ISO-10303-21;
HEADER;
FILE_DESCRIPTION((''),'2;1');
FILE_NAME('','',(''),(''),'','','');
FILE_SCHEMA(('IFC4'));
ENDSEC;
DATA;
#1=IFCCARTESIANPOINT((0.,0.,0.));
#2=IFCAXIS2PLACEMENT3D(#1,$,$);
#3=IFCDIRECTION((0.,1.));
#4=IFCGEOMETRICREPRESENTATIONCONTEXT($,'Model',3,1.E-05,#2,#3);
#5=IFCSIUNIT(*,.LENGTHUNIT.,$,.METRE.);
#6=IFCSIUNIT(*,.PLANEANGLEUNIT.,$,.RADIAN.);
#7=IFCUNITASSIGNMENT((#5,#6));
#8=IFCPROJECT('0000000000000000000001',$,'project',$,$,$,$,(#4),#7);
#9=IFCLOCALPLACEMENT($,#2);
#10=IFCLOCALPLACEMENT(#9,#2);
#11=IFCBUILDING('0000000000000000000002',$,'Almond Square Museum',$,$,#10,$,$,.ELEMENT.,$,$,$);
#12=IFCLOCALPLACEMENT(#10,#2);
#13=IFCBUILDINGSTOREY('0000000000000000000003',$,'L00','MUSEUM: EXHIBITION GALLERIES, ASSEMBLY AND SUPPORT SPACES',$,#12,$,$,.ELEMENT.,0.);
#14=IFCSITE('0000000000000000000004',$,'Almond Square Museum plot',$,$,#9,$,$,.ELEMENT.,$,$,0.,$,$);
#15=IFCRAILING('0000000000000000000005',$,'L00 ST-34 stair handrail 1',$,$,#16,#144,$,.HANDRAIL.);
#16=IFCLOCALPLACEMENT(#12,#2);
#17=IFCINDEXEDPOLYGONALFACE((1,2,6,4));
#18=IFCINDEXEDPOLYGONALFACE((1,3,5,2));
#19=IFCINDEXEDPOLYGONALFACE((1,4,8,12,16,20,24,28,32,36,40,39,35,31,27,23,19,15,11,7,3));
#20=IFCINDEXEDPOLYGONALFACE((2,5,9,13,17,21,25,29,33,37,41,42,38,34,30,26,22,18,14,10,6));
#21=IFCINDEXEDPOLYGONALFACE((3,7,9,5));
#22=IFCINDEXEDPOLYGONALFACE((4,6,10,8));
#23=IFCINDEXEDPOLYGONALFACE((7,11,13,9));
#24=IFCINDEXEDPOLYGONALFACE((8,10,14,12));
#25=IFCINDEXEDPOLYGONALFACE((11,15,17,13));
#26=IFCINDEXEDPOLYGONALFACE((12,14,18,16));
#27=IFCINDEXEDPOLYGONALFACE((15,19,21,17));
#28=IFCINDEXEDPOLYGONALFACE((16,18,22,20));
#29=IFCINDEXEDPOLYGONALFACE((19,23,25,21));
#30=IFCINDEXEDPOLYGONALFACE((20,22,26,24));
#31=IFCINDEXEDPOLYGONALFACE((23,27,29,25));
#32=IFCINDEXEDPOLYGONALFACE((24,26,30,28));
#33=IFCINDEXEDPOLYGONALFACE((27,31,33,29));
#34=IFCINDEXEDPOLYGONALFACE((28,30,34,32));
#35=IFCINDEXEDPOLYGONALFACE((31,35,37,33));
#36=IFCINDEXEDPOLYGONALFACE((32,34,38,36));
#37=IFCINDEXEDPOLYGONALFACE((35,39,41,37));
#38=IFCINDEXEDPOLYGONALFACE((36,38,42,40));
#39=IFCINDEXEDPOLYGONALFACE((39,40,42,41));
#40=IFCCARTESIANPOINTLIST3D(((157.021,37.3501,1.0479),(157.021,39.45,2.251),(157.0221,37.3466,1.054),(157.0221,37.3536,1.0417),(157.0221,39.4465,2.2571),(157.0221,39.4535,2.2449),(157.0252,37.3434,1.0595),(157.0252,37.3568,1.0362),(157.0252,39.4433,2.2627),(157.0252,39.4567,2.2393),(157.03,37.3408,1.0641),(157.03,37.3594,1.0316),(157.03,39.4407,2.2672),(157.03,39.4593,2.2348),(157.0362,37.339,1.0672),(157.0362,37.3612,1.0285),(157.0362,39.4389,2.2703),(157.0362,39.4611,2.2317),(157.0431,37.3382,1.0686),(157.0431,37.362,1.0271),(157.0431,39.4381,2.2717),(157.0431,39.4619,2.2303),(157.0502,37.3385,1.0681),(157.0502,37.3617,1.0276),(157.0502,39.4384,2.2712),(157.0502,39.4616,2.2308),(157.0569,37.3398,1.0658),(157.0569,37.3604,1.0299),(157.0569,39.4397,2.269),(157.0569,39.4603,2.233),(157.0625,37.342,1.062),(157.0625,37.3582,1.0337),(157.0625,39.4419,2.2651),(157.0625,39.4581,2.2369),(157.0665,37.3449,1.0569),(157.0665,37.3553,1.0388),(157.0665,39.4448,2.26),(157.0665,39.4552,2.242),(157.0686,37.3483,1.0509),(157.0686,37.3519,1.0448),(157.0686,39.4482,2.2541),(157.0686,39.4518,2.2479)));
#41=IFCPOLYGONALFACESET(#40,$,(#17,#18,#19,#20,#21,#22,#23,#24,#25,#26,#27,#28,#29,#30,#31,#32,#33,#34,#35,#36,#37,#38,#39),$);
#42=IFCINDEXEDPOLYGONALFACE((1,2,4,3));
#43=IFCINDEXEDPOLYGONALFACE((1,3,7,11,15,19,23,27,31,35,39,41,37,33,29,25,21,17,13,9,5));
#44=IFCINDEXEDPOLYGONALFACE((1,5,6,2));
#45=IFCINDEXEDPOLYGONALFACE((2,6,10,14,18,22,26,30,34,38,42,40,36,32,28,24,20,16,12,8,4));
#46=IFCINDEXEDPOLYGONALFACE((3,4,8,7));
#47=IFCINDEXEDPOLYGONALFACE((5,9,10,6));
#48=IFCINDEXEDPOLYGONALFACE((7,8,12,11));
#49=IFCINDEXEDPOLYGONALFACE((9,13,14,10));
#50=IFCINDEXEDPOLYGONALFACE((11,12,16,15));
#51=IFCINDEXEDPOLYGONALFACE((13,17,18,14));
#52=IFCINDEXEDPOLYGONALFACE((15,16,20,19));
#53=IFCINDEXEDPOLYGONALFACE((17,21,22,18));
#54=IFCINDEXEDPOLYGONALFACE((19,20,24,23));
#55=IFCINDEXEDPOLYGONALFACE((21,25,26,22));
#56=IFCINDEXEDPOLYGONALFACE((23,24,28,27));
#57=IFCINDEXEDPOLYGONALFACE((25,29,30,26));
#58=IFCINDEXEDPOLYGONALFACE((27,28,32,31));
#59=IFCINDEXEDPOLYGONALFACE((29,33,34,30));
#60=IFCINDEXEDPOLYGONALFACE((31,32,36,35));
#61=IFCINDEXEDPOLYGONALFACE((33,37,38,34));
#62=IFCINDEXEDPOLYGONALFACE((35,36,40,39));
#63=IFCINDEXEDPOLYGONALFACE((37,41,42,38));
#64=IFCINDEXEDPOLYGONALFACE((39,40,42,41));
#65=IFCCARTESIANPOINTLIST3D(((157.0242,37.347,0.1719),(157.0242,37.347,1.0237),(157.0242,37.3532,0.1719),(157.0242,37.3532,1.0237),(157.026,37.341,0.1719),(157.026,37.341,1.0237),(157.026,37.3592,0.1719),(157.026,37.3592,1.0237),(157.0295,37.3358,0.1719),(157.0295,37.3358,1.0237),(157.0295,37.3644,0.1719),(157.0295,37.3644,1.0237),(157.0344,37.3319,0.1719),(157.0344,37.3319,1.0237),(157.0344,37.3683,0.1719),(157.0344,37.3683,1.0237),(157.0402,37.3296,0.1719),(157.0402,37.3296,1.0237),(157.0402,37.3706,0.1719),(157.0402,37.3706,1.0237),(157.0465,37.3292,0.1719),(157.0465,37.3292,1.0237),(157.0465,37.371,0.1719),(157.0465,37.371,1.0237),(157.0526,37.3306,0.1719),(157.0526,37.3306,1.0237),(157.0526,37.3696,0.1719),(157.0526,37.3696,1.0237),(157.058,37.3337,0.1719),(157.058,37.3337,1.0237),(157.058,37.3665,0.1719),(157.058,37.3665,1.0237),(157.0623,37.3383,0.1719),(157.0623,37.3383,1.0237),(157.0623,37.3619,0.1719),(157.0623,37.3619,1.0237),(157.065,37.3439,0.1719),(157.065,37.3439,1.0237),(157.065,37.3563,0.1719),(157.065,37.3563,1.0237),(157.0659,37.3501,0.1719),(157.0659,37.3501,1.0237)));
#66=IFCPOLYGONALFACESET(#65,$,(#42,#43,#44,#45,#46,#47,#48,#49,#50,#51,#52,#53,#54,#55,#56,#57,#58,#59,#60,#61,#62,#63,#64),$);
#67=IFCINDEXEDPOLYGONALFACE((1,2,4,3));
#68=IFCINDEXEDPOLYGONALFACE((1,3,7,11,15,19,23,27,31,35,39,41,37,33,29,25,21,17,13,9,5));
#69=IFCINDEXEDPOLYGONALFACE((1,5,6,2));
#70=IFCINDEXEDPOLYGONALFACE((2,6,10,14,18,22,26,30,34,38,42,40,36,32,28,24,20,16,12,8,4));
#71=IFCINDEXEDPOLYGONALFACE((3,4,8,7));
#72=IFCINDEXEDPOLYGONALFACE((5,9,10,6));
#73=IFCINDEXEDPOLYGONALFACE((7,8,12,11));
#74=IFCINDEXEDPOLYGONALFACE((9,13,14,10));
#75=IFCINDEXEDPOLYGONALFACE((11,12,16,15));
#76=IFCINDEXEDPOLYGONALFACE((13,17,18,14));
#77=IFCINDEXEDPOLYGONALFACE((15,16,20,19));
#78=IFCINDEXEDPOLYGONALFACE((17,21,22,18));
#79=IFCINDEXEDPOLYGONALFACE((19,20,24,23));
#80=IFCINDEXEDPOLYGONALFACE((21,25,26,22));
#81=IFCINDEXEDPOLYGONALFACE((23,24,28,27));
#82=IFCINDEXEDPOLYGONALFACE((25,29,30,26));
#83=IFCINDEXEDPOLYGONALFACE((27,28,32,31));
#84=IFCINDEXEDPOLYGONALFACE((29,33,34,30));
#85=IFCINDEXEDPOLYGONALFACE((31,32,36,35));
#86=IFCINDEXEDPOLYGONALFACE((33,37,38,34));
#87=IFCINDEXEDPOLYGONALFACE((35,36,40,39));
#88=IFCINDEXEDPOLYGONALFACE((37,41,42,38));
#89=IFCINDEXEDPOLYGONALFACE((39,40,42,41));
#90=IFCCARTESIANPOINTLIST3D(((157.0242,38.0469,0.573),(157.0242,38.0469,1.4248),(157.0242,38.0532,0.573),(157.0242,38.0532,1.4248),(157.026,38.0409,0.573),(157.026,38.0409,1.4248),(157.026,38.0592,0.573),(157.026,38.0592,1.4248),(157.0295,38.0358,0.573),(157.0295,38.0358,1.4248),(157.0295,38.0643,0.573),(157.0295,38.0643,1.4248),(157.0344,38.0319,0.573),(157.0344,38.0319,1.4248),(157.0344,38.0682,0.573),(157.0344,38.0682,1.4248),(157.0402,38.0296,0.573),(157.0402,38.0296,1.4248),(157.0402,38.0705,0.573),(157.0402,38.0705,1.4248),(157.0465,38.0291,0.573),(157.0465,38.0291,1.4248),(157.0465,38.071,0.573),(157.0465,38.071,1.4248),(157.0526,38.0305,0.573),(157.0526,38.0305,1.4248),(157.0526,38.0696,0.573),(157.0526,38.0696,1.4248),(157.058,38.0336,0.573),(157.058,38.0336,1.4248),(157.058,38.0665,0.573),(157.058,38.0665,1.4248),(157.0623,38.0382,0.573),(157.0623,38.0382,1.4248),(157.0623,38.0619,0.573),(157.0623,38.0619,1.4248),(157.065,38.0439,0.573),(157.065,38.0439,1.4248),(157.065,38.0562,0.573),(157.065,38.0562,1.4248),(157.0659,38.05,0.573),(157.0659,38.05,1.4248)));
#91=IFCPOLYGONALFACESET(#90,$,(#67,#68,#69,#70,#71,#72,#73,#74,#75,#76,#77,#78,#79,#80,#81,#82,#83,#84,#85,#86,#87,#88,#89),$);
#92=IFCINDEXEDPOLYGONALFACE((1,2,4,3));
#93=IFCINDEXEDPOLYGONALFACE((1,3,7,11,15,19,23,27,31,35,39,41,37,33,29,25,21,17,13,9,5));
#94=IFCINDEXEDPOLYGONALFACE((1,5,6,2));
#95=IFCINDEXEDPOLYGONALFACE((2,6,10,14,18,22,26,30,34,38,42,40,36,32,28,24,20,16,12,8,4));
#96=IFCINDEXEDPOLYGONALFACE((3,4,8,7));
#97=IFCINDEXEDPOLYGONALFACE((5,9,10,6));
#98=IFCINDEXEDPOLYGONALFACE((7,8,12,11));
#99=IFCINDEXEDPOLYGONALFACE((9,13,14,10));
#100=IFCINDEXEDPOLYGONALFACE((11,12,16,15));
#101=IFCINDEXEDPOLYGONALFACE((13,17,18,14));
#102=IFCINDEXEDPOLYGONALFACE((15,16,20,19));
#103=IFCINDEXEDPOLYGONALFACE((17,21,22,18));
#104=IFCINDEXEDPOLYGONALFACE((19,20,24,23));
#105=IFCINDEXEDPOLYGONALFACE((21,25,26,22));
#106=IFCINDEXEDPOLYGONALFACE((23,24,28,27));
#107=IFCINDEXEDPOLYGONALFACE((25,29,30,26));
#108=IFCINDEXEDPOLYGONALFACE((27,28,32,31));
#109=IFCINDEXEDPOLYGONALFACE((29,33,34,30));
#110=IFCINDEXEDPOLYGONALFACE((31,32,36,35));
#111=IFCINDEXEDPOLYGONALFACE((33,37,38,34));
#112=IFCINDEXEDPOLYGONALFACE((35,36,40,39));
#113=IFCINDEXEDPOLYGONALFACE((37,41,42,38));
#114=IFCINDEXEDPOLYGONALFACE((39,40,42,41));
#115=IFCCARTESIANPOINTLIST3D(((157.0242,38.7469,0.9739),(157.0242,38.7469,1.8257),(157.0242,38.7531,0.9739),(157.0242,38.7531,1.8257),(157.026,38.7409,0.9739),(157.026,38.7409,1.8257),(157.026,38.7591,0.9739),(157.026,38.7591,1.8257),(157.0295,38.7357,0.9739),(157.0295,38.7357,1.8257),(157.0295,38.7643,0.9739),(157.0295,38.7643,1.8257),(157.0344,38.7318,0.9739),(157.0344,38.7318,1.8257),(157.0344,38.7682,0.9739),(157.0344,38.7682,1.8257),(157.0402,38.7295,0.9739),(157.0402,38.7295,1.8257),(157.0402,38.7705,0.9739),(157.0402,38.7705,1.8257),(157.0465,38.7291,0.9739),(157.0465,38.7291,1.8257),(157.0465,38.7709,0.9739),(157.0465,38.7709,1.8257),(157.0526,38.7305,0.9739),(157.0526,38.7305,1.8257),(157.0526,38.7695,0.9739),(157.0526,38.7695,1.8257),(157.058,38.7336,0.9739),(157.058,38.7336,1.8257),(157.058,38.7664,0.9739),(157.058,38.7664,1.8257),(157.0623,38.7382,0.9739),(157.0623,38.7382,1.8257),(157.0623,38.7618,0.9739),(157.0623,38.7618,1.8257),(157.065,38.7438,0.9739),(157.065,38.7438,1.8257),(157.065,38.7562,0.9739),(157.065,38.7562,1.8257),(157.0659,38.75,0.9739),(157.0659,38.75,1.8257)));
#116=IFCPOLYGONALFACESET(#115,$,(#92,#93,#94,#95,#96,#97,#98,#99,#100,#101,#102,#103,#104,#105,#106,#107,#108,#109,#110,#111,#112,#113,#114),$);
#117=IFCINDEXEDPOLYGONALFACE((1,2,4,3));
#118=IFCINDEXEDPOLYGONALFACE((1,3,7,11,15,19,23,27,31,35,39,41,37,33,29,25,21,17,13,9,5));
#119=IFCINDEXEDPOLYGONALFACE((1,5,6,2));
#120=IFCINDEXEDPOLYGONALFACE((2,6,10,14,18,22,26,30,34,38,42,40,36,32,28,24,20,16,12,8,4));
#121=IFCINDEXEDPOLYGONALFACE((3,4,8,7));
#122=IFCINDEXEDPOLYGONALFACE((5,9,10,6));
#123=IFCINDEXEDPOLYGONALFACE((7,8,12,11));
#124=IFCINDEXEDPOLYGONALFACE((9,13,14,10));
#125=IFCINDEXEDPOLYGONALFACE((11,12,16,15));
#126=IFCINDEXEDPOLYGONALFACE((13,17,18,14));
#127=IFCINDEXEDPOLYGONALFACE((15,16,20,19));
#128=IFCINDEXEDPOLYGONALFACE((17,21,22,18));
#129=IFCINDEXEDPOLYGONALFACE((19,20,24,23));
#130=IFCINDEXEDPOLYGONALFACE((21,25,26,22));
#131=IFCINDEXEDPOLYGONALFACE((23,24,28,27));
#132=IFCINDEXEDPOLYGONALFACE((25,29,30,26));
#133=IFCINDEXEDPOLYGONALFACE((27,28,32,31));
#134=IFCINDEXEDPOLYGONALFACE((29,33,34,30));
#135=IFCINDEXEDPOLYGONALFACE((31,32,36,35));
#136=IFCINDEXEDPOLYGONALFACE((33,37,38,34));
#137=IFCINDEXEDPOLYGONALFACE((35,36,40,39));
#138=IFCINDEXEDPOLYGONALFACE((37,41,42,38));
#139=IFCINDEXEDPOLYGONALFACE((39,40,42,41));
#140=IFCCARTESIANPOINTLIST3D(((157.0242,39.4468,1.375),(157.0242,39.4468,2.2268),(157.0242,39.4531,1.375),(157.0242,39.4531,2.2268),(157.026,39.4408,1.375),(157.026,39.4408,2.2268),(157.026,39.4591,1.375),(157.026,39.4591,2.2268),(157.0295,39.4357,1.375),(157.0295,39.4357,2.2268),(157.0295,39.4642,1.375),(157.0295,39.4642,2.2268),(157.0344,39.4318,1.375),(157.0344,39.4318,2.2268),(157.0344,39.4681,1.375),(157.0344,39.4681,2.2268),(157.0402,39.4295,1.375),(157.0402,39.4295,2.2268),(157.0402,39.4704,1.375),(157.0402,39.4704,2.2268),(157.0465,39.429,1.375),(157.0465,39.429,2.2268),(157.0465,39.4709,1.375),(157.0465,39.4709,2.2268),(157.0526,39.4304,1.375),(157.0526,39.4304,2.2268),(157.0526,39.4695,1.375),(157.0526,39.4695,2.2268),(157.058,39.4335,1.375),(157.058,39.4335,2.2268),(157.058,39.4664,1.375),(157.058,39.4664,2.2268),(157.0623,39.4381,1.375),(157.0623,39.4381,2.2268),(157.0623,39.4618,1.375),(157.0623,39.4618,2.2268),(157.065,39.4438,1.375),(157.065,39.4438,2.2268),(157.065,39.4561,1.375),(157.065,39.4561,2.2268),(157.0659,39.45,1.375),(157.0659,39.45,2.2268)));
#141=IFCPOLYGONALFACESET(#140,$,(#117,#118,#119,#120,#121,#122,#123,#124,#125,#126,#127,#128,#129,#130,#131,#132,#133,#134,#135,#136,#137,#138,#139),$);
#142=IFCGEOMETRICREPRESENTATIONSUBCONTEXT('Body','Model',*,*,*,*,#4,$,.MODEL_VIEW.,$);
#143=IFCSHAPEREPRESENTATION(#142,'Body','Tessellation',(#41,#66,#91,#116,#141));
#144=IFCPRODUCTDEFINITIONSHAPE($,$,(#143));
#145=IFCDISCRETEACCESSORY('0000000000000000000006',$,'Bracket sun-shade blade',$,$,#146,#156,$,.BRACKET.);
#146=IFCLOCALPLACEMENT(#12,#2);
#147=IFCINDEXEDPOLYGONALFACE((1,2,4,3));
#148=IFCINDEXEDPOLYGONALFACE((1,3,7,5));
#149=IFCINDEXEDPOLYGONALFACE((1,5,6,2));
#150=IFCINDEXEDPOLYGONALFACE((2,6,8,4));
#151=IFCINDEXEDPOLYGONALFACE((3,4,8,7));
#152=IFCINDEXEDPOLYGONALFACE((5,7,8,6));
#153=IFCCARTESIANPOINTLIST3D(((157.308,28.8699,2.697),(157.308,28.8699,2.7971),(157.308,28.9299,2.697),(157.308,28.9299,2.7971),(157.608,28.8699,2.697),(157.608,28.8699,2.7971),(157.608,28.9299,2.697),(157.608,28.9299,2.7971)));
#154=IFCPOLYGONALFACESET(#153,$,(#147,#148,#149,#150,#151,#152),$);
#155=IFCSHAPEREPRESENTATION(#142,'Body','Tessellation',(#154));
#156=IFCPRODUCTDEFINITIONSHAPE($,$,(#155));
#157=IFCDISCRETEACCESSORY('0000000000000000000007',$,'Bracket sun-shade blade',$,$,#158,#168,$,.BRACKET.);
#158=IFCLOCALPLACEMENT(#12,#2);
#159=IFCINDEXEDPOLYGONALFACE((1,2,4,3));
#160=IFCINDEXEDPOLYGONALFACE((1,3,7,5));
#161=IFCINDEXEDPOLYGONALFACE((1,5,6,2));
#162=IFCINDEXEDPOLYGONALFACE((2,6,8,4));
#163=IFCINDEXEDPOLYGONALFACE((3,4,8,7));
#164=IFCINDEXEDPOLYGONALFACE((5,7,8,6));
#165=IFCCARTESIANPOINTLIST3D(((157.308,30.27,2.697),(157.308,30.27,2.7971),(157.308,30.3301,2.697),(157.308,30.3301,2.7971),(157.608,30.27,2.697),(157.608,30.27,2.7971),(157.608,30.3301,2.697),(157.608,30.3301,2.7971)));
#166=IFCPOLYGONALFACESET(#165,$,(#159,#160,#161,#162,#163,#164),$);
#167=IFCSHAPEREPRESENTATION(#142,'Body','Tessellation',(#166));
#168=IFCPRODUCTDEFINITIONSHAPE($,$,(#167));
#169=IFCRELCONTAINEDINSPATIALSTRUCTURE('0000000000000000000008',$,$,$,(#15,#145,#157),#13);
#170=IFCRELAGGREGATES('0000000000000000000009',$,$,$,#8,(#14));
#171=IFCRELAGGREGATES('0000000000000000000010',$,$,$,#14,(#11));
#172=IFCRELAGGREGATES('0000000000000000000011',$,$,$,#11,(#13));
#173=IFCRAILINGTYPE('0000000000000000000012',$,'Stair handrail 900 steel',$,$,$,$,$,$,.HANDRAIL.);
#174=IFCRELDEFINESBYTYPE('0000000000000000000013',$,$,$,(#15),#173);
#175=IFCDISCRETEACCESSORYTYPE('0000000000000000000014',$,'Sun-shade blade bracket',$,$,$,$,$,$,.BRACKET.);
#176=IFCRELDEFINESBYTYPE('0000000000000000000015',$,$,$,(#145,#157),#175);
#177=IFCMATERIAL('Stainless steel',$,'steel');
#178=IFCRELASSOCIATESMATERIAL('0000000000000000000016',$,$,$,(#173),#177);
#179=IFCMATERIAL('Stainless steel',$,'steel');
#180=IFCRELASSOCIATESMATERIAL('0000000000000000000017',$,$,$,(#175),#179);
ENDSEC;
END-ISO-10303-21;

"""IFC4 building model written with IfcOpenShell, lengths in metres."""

from ifc_helpers import new_model, si_unit, direction, frame, origin, origin_2d, place, context, subcontext, project, spatial, rectangle, circle, extrude, material, type_object, element, save


model = new_model("IFC4")

# Units and contexts
model_context = context("Model", 3, precision=1e-05, world=origin(), true_north=direction((0.0, 1.0)))
body_context = subcontext(model_context, "Body", "Model", "MODEL_VIEW")
ifc_project = project(units=[si_unit("LENGTHUNIT", "METRE"), si_unit("PLANEANGLEUNIT", "RADIAN")], contexts=[model_context])

# Site, building, storey
site_placement = place(None, origin())
site = spatial("IfcSite", under=ifc_project, at=site_placement, Name="Almond Square Museum plot", CompositionType="ELEMENT", RefElevation=0.0)
building_placement = place(site_placement, origin())
building = spatial("IfcBuilding", under=site, at=building_placement, Name="Almond Square Museum", CompositionType="ELEMENT")
storey_placement = place(building_placement, origin())
storey = spatial("IfcBuildingStorey", under=building, at=storey_placement, Name="L00", Description="MUSEUM: EXHIBITION GALLERIES, ASSEMBLY AND SUPPORT SPACES", CompositionType="ELEMENT", Elevation=0.0)

# Railing
ifc_material_1 = material(Name="Stainless steel", Category="steel")
railing_type_1 = type_object("IfcRailingType", Name="Stair handrail 900 steel", PredefinedType="HANDRAIL", material=ifc_material_1)
for number, where, name in (
    (1, (157.0449, 37.3501, 0.1719), "L00 ST-34 stair handrail 1"),
):
    element("IfcRailing", number, at=place(storey_placement, frame(where)), inside=storey, type_object=railing_type_1, Name=name, PredefinedType="HANDRAIL", context=body_context, shape_type="SweptSolid", body=[
        extrude(circle(Radius=0.0239, at=origin_2d()), frame((0.0, 0.0, 0.876), z_axis=(0.0, 0.867671, 0.497138), x_axis=(-1.0, 0.0, 0.0)), (0.0, 0.0, 1.0), 2.4202),
        extrude(circle(Radius=0.021, at=origin_2d()), origin(), (0.0, 0.0, 1.0), 0.8518),
        extrude(circle(Radius=0.021, at=origin_2d()), frame((0.0, 0.7, 0.4011)), (0.0, 0.0, 1.0), 0.8518),
        extrude(circle(Radius=0.021, at=origin_2d()), frame((0.0, 1.3999, 0.802)), (0.0, 0.0, 1.0), 0.8518),
        extrude(circle(Radius=0.021, at=origin_2d()), frame((0.0, 2.0999, 1.2031)), (0.0, 0.0, 1.0), 0.8518),
    ])

# Discrete accessories
ifc_material_2 = material(Name="Stainless steel", Category="steel")
discrete_accessory_type = type_object("IfcDiscreteAccessoryType", Name="Sun-shade blade bracket", PredefinedType="BRACKET", material=ifc_material_2)
for number, where, z_axis, x_axis, name in (
    (2, (157.458, 28.8999, 2.697), (0.0, 0.0, 1.0), (1.0, 0.0, 0.0), "Bracket sun-shade blade"),
    (3, (157.458, 30.3, 2.697), (0.0, 0.0, 1.0), (1.0, 0.0, 0.0), "Bracket sun-shade blade"),
):
    element("IfcDiscreteAccessory", number, at=place(storey_placement, frame(where, z_axis=z_axis, x_axis=x_axis)), inside=storey, type_object=discrete_accessory_type, Name=name, PredefinedType="BRACKET", context=body_context, shape_type="SweptSolid", body=[
        extrude(rectangle(XDim=0.3, YDim=0.0601, at=origin_2d()), origin(), (0.0, 0.0, 1.0), 0.1001),
    ])

save(model, "model.ifc")
